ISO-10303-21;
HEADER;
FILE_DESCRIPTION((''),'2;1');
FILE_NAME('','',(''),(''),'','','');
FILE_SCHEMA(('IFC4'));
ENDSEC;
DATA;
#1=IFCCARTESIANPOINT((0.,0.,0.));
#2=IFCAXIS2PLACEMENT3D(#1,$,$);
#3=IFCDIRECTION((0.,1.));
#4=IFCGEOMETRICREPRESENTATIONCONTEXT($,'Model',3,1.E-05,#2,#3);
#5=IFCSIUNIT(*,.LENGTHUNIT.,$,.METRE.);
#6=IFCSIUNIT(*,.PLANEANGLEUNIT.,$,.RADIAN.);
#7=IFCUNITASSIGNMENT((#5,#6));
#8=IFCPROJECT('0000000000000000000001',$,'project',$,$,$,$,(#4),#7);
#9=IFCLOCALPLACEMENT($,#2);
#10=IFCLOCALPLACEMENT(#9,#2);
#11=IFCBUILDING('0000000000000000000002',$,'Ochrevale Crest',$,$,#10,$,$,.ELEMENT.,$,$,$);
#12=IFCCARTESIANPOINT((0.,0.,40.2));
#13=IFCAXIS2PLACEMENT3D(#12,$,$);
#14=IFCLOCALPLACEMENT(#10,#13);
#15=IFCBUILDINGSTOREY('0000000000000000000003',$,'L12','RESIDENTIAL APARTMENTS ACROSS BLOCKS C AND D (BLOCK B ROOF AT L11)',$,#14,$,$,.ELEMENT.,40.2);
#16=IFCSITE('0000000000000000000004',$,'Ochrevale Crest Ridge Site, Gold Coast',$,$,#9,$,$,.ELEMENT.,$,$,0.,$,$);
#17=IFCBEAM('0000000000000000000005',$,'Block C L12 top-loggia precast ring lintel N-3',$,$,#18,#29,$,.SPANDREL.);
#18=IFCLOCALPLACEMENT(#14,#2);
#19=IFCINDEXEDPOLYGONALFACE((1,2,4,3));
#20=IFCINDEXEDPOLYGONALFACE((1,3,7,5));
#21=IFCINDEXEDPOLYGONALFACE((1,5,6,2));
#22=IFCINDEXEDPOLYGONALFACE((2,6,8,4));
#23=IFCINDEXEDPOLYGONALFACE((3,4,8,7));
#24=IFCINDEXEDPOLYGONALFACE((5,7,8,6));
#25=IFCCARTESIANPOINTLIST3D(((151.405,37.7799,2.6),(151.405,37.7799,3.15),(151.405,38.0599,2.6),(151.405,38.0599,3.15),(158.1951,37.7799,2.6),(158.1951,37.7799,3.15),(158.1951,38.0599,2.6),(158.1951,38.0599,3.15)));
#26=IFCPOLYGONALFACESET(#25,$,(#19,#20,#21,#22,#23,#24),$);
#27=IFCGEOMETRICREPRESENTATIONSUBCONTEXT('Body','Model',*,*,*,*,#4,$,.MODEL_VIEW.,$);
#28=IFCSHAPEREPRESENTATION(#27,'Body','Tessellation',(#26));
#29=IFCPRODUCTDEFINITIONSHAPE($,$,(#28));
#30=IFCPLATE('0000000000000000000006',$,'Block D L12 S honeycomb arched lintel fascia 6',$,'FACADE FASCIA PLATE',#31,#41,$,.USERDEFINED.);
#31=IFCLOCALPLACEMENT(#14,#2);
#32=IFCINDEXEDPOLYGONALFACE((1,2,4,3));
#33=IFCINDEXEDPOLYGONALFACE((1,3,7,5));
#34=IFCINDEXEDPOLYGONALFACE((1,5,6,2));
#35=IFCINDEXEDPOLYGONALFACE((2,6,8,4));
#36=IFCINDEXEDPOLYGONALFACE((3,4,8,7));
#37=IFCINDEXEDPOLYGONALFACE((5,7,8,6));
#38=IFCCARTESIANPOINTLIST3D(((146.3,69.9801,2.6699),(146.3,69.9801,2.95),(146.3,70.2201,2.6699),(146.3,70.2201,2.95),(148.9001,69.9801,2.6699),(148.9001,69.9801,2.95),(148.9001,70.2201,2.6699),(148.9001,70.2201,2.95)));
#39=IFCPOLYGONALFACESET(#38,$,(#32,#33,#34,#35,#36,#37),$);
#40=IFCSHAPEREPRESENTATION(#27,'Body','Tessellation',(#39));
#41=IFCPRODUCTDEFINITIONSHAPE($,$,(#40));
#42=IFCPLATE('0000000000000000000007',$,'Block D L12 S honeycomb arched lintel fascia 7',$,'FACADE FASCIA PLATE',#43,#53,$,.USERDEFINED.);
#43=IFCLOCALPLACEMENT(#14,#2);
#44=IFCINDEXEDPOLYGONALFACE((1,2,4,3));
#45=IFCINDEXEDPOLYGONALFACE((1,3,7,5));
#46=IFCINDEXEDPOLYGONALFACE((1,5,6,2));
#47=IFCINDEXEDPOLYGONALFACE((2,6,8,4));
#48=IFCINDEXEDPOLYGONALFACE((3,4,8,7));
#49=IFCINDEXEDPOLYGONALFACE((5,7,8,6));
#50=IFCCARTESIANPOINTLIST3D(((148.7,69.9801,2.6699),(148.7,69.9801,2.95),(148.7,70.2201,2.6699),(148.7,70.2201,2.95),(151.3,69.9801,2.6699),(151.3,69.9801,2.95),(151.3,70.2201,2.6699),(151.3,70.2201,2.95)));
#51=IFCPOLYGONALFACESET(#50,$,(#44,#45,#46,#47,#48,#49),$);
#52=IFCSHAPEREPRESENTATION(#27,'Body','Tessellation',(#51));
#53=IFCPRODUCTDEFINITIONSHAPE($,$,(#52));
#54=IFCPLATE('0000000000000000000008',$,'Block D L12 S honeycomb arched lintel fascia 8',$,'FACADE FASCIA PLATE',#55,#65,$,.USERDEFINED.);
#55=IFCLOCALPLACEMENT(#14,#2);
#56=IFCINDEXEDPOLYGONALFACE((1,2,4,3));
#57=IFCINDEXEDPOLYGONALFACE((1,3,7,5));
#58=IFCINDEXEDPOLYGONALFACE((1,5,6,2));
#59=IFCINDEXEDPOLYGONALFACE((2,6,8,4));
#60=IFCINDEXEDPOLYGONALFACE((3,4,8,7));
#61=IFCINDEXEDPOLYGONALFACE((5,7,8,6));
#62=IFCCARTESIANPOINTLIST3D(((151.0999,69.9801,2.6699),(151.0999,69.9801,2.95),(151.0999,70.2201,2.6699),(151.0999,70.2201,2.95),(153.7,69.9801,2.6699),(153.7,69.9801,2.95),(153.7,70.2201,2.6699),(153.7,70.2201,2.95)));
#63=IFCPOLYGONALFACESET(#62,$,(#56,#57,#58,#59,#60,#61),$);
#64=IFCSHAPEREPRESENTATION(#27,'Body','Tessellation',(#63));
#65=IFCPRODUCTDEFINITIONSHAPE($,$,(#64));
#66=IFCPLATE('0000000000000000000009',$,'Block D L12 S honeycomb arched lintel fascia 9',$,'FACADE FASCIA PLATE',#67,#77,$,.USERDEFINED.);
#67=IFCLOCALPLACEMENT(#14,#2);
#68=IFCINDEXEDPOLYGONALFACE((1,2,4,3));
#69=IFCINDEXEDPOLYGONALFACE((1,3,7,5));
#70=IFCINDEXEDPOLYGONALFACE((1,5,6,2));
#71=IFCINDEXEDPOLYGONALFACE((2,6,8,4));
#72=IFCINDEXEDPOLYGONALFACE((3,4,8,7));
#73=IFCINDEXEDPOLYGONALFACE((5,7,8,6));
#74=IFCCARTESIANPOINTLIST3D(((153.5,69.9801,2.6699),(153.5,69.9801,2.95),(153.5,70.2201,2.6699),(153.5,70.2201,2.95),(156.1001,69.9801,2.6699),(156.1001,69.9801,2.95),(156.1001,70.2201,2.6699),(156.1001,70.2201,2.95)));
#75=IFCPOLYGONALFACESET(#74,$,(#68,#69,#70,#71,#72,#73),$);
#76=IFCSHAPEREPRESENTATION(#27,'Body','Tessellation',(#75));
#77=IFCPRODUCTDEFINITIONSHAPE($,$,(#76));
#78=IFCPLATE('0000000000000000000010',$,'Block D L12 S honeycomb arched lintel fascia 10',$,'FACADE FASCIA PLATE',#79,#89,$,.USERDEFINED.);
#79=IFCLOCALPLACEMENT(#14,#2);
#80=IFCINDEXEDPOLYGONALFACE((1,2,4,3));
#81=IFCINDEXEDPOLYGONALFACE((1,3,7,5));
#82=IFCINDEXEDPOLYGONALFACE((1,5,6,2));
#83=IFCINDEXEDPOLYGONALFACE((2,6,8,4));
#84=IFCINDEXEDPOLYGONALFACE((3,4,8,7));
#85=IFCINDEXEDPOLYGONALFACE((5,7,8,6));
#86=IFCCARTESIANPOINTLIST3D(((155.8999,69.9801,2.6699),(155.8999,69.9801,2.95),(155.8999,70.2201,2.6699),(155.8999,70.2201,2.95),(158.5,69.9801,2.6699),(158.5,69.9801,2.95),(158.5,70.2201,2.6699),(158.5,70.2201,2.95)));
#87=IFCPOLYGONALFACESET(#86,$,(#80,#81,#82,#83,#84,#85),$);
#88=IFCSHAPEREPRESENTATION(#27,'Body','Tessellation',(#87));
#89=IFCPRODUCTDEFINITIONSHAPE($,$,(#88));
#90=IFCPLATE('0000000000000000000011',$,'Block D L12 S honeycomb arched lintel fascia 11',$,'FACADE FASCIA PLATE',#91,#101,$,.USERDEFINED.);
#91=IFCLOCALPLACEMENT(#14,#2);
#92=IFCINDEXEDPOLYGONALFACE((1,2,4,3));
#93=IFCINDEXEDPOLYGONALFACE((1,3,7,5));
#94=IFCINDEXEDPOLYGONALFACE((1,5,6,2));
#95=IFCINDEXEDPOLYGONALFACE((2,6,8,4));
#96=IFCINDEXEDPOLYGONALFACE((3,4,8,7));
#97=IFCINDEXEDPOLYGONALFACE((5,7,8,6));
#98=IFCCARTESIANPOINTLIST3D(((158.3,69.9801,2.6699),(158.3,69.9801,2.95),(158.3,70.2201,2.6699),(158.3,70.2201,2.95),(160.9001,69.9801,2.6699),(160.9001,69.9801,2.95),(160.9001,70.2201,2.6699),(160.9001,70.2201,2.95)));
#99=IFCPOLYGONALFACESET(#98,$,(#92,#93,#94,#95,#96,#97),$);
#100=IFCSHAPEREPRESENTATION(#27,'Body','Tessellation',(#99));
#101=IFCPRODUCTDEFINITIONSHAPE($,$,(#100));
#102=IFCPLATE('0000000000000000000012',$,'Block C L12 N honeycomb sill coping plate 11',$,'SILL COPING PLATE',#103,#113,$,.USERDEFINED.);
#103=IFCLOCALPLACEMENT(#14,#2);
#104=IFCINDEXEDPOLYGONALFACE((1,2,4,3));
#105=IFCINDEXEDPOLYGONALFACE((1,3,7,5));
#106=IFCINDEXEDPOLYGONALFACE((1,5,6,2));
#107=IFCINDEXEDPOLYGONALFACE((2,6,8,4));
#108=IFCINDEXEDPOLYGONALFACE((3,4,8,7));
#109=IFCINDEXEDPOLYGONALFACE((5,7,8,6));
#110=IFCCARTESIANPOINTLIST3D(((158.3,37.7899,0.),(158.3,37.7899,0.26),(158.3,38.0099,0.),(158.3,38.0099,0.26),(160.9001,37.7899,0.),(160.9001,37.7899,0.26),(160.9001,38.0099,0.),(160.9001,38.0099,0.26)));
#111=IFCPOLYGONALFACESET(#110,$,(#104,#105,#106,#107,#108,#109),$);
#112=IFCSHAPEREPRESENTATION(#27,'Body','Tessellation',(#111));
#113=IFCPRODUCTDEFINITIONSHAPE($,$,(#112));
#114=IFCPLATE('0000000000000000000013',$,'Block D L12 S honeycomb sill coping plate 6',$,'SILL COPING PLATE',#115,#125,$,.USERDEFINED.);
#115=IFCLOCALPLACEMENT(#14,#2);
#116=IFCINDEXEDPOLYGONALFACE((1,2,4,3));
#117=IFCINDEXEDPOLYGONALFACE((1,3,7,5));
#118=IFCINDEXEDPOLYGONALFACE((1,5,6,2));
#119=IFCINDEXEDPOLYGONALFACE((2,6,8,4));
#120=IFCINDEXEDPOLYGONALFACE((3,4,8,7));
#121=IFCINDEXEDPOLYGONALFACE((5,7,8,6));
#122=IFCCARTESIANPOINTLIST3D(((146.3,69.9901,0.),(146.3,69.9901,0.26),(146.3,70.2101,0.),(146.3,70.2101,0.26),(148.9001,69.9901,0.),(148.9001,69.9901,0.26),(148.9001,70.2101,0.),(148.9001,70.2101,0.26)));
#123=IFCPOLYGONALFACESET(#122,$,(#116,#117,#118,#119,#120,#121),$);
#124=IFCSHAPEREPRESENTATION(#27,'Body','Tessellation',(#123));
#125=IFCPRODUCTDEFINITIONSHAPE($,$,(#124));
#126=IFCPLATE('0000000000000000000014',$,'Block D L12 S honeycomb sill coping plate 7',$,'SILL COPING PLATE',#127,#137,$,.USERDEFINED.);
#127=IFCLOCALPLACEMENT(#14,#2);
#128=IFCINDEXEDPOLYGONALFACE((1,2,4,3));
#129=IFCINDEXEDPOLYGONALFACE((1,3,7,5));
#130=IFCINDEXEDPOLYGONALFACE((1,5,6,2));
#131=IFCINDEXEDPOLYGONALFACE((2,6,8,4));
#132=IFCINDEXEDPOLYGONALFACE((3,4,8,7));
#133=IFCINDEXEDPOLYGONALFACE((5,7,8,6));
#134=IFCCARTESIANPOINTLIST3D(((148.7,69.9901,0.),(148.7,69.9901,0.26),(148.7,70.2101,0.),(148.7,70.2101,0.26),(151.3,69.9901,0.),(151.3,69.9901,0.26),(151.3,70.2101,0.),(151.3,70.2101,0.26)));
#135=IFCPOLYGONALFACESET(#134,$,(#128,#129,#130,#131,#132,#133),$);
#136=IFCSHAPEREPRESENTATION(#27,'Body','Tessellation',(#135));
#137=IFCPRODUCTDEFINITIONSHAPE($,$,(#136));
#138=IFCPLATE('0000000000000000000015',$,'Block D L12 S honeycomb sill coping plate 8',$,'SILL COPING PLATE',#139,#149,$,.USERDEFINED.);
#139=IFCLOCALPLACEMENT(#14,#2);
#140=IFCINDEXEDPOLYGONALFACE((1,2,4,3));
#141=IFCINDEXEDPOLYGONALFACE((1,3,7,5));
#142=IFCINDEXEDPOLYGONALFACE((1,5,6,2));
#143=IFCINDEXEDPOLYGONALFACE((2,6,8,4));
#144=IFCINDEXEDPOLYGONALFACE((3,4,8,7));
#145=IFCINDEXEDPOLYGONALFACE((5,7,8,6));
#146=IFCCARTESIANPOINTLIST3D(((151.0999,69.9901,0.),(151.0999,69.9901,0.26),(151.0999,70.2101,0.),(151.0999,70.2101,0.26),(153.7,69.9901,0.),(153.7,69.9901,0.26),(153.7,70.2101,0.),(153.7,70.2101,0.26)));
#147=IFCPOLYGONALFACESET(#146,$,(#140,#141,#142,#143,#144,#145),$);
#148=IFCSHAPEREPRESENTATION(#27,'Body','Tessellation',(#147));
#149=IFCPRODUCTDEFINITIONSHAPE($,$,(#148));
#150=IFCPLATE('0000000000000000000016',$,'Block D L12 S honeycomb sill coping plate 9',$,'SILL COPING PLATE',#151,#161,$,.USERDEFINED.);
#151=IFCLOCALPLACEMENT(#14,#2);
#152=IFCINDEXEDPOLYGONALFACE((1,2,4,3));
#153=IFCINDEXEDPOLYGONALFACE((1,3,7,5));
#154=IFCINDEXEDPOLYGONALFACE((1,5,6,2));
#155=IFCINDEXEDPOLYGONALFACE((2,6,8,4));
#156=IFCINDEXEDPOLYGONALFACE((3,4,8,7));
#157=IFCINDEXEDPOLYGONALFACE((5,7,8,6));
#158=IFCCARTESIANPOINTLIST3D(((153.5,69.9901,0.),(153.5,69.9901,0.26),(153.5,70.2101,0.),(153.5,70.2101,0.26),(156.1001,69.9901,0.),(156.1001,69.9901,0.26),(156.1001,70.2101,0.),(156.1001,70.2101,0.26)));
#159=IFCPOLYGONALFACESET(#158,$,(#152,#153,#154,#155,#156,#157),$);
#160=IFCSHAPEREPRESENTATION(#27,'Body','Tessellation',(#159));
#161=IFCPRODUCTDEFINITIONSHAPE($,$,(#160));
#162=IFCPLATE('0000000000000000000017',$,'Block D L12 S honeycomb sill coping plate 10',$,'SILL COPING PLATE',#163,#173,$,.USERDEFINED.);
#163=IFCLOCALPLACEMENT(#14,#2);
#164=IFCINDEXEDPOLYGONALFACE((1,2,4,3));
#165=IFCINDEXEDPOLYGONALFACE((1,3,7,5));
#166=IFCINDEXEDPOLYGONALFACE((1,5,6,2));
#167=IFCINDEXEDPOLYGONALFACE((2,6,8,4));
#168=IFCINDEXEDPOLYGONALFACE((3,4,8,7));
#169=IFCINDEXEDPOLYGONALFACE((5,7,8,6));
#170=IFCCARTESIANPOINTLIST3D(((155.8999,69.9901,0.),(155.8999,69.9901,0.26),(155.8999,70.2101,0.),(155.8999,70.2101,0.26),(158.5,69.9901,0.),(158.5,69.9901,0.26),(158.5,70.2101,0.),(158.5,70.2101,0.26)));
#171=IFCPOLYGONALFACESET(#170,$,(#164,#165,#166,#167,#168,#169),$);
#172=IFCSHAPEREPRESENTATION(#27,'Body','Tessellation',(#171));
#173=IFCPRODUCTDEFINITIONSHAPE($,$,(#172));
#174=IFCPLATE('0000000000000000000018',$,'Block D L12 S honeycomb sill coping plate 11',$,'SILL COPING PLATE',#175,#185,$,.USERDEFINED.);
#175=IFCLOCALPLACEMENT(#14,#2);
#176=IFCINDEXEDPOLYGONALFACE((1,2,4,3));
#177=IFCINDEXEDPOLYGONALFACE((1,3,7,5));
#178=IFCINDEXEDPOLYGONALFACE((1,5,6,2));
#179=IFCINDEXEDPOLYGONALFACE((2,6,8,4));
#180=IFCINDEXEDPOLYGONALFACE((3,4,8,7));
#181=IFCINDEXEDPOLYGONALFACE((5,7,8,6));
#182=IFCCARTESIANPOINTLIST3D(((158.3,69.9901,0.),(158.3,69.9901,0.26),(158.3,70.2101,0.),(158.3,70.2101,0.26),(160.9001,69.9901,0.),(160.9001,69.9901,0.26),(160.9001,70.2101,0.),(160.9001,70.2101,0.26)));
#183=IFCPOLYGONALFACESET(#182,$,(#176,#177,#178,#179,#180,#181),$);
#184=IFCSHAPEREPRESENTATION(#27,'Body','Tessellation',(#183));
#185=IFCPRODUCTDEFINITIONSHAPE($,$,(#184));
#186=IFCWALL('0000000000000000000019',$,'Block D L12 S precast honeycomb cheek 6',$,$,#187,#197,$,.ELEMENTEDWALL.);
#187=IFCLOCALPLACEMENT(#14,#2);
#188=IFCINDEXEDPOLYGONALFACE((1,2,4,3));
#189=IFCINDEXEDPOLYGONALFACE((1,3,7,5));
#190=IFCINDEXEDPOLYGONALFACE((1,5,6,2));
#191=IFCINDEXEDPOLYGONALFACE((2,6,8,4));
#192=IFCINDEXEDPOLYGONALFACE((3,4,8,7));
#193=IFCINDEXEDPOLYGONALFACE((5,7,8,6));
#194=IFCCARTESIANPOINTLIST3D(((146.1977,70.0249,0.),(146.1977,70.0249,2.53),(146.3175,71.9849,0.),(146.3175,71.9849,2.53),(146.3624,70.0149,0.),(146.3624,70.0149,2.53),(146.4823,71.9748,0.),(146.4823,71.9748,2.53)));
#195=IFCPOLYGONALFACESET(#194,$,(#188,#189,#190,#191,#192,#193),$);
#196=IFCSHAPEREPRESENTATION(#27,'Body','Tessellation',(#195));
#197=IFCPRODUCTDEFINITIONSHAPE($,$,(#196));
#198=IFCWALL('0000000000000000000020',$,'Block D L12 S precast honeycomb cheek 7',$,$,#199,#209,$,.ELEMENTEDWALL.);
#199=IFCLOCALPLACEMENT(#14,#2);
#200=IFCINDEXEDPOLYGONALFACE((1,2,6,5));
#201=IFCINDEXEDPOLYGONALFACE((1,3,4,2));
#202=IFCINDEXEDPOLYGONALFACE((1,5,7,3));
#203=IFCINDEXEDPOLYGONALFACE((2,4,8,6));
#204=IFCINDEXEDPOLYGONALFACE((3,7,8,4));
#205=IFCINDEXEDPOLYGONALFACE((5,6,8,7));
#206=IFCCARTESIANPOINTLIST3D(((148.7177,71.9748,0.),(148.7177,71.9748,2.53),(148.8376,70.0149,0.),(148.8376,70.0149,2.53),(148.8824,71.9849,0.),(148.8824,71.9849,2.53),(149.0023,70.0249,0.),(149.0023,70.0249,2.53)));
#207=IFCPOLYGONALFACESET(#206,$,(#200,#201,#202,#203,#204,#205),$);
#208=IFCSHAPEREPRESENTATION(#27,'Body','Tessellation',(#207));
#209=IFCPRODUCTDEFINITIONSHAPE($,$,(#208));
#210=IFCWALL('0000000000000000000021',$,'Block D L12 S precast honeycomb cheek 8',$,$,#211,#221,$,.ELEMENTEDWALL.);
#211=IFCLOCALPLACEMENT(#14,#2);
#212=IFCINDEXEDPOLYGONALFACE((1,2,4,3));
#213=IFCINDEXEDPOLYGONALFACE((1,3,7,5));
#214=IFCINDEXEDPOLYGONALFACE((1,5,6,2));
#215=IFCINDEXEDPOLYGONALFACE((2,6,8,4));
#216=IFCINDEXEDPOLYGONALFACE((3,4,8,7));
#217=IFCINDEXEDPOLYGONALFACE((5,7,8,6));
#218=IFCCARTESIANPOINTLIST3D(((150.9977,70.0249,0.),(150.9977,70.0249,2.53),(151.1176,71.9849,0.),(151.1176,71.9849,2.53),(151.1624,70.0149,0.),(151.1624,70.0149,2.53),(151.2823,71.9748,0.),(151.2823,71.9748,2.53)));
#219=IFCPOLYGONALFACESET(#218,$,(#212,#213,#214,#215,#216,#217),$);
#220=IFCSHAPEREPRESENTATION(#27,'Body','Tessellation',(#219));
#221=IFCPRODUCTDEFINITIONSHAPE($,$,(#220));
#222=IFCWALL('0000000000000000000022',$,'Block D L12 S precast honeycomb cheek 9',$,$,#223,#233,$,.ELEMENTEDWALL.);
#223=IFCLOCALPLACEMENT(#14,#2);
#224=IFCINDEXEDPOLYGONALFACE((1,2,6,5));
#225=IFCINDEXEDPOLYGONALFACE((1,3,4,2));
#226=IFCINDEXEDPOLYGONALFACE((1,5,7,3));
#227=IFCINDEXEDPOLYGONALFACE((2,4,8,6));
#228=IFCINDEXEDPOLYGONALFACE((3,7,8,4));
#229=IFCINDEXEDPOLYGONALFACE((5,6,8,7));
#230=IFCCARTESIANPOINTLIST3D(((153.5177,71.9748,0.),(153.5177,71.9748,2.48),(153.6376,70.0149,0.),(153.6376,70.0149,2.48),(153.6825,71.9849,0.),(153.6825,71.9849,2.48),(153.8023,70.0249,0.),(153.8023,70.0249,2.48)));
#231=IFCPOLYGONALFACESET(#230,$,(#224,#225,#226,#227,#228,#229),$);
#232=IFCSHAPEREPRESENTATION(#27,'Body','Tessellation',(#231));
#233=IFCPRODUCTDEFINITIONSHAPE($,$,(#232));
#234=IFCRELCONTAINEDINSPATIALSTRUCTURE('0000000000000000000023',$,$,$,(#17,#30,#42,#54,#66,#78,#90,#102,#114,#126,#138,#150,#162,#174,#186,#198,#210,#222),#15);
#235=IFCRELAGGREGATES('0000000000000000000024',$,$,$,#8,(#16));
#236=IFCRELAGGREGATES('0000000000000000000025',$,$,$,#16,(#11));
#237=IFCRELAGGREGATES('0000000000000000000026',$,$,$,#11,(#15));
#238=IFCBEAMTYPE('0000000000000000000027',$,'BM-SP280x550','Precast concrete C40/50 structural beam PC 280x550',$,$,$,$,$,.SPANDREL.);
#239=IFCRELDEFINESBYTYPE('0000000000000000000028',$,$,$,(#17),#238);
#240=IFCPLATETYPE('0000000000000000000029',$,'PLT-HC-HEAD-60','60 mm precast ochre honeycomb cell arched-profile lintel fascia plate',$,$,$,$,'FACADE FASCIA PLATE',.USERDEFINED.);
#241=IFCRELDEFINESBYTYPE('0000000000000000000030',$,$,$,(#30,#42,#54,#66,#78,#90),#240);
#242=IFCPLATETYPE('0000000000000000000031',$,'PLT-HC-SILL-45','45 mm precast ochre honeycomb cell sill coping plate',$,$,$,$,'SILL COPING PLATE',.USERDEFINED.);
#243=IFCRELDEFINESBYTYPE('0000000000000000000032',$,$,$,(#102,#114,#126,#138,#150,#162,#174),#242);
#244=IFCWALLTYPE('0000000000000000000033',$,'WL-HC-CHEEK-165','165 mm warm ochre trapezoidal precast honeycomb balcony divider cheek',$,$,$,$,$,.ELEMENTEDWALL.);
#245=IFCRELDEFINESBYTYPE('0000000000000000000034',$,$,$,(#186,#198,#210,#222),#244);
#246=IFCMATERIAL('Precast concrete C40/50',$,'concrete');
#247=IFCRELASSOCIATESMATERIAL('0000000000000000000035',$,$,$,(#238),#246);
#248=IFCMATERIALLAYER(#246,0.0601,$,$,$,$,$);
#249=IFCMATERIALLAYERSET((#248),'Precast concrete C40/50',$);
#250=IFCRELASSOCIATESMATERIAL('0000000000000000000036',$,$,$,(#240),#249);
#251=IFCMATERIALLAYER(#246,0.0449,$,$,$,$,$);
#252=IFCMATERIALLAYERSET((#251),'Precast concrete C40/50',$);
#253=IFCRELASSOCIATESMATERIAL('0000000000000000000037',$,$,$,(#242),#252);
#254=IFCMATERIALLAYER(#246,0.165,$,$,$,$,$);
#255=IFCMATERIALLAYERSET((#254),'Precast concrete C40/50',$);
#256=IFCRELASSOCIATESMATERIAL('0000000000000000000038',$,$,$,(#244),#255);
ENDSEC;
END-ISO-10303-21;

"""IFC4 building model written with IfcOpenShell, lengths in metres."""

from ifc_helpers import new_model, si_unit, direction, frame, frame_2d, origin, origin_2d, place, context, subcontext, project, spatial, rectangle, extrude, material, layer, layer_set, material_profile, profile_set, type_object, element, save


model = new_model("IFC4")

# Units and contexts
model_context = context("Model", 3, precision=1e-05, world=origin(), true_north=direction((0.0, 1.0)))
body_context = subcontext(model_context, "Body", "Model", "MODEL_VIEW")
ifc_project = project(units=[si_unit("LENGTHUNIT", "METRE"), si_unit("PLANEANGLEUNIT", "RADIAN")], contexts=[model_context])

# Site, building, storey
site_placement = place(None, origin())
site = spatial("IfcSite", under=ifc_project, at=site_placement, Name="Ochrevale Crest Ridge Site, Gold Coast", CompositionType="ELEMENT", RefElevation=0.0)
building_placement = place(site_placement, origin())
building = spatial("IfcBuilding", under=site, at=building_placement, Name="Ochrevale Crest", CompositionType="ELEMENT")
storey_placement = place(building_placement, frame((0.0, 0.0, 40.2)))
storey = spatial("IfcBuildingStorey", under=building, at=storey_placement, Name="L12", Description="RESIDENTIAL APARTMENTS ACROSS BLOCKS C AND D (BLOCK B ROOF AT L11)", CompositionType="ELEMENT", Elevation=40.2)

# Beam
ifc_material_1 = material(Name="Precast concrete C40/50", Category="concrete")
ifc_material_profile = material_profile(ifc_material_1, rectangle(XDim=0.28, YDim=0.55, at=origin_2d()), Name="PC 280x550")
ifc_profile_set = profile_set([ifc_material_profile], Name="Precast concrete C40/50")
beam_type = type_object("IfcBeamType", Name="BM-SP280x550", Description="Precast concrete C40/50 structural beam PC 280x550", PredefinedType="SPANDREL", material=ifc_profile_set)
beam_placement = place(storey_placement, frame((151.405, 37.9199, 2.875), z_axis=(1.0, 0.0, 0.0), x_axis=(0.0, 1.0, 0.0)))
element("IfcBeam", 1, at=beam_placement, inside=storey, type_object=beam_type, Name="Block C L12 top-loggia precast ring lintel N-3", PredefinedType="SPANDREL", context=body_context, shape_type="SweptSolid", body=[
    extrude(rectangle(XDim=0.28, YDim=0.55, at=origin_2d()), origin(), (0.0, 0.0, 1.0), 6.79),
])

# Plates
ifc_layer_1 = layer(ifc_material_1, 0.0601)
ifc_layer_set_1 = layer_set([ifc_layer_1], Name="Precast concrete C40/50")
plate_type_1 = type_object("IfcPlateType", Name="PLT-HC-HEAD-60", Description="60 mm precast ochre honeycomb cell arched-profile lintel fascia plate", ElementType="FACADE FASCIA PLATE", PredefinedType="USERDEFINED", material=ifc_layer_set_1)
for number, where, z_axis, x_axis, name in (
    (2, (147.6001, 70.1001, 2.6699), (0.0, 0.0, 1.0), (1.0, 0.0, 0.0), "Block D L12 S honeycomb arched lintel fascia 6"),
    (3, (150.0, 70.1001, 2.6699), (0.0, 0.0, 1.0), (1.0, 0.0, 0.0), "Block D L12 S honeycomb arched lintel fascia 7"),
    (4, (152.3999, 70.1001, 2.6699), (0.0, 0.0, 1.0), (1.0, 0.0, 0.0), "Block D L12 S honeycomb arched lintel fascia 8"),
    (5, (154.8, 70.1001, 2.6699), (0.0, 0.0, 1.0), (1.0, 0.0, 0.0), "Block D L12 S honeycomb arched lintel fascia 9"),
    (6, (157.2, 70.1001, 2.6699), (0.0, 0.0, 1.0), (1.0, 0.0, 0.0), "Block D L12 S honeycomb arched lintel fascia 10"),
    (7, (159.6001, 70.1001, 2.6699), (0.0, 0.0, 1.0), (1.0, 0.0, 0.0), "Block D L12 S honeycomb arched lintel fascia 11"),
):
    element("IfcPlate", number, at=place(storey_placement, frame(where, z_axis=z_axis, x_axis=x_axis)), inside=storey, type_object=plate_type_1, Name=name, ObjectType="FACADE FASCIA PLATE", PredefinedType="USERDEFINED", context=body_context, shape_type="SweptSolid", body=[
        extrude(rectangle(XDim=2.6001, YDim=0.24, at=origin_2d()), origin(), (0.0, 0.0, 1.0), 0.28),
    ])
ifc_layer_2 = layer(ifc_material_1, 0.0449)
ifc_layer_set_2 = layer_set([ifc_layer_2], Name="Precast concrete C40/50")
plate_type_2 = type_object("IfcPlateType", Name="PLT-HC-SILL-45", Description="45 mm precast ochre honeycomb cell sill coping plate", ElementType="SILL COPING PLATE", PredefinedType="USERDEFINED", material=ifc_layer_set_2)
for number, where, z_axis, x_axis, name in (
    (8, (159.6001, 37.8999, 0.0), (0.0, 0.0, 1.0), (1.0, 0.0, 0.0), "Block C L12 N honeycomb sill coping plate 11"),
    (9, (147.6001, 70.1001, 0.0), (0.0, 0.0, 1.0), (1.0, 0.0, 0.0), "Block D L12 S honeycomb sill coping plate 6"),
    (10, (150.0, 70.1001, 0.0), (0.0, 0.0, 1.0), (1.0, 0.0, 0.0), "Block D L12 S honeycomb sill coping plate 7"),
    (11, (152.3999, 70.1001, 0.0), (0.0, 0.0, 1.0), (1.0, 0.0, 0.0), "Block D L12 S honeycomb sill coping plate 8"),
    (12, (154.8, 70.1001, 0.0), (0.0, 0.0, 1.0), (1.0, 0.0, 0.0), "Block D L12 S honeycomb sill coping plate 9"),
    (13, (157.2, 70.1001, 0.0), (0.0, 0.0, 1.0), (1.0, 0.0, 0.0), "Block D L12 S honeycomb sill coping plate 10"),
    (14, (159.6001, 70.1001, 0.0), (0.0, 0.0, 1.0), (1.0, 0.0, 0.0), "Block D L12 S honeycomb sill coping plate 11"),
):
    element("IfcPlate", number, at=place(storey_placement, frame(where, z_axis=z_axis, x_axis=x_axis)), inside=storey, type_object=plate_type_2, Name=name, ObjectType="SILL COPING PLATE", PredefinedType="USERDEFINED", context=body_context, shape_type="SweptSolid", body=[
        extrude(rectangle(XDim=2.6001, YDim=0.22, at=origin_2d()), origin(), (0.0, 0.0, 1.0), 0.26),
    ])

# Walls
ifc_layer_3 = layer(ifc_material_1, 0.165)
ifc_layer_set_3 = layer_set([ifc_layer_3], Name="Precast concrete C40/50")
wall_type = type_object("IfcWallType", Name="WL-HC-CHEEK-165", Description="165 mm warm ochre trapezoidal precast honeycomb balcony divider cheek", PredefinedType="ELEMENTEDWALL", material=ifc_layer_set_3)
for number, where, z_axis, x_axis, name in (
    (15, (146.3999, 71.98, 0.0), (0.0, 0.0, 1.0), (-0.061047, -0.998135, 0.0), "Block D L12 S precast honeycomb cheek 6"),
    (16, (148.8, 71.98, 0.0), (0.0, 0.0, 1.0), (0.061047, -0.998135, 0.0), "Block D L12 S precast honeycomb cheek 7"),
    (17, (151.2, 71.98, 0.0), (0.0, 0.0, 1.0), (-0.061047, -0.998135, 0.0), "Block D L12 S precast honeycomb cheek 8"),
):
    element("IfcWall", number, at=place(storey_placement, frame(where, z_axis=z_axis, x_axis=x_axis)), inside=storey, type_object=wall_type, Name=name, PredefinedType="ELEMENTEDWALL", context=body_context, shape_type="SweptSolid", body=[
        extrude(rectangle(XDim=1.9636, YDim=0.165, at=frame_2d((0.9819, 0.0))), origin(), (0.0, 0.0, 1.0), 2.53),
    ])
for number, where, z_axis, x_axis, name in (
    (18, (153.6001, 71.98, 0.0), (0.0, 0.0, 1.0), (0.061047, -0.998135, 0.0), "Block D L12 S precast honeycomb cheek 9"),
):
    element("IfcWall", number, at=place(storey_placement, frame(where, z_axis=z_axis, x_axis=x_axis)), inside=storey, type_object=wall_type, Name=name, PredefinedType="ELEMENTEDWALL", context=body_context, shape_type="SweptSolid", body=[
        extrude(rectangle(XDim=1.9636, YDim=0.165, at=frame_2d((0.9819, 0.0))), origin(), (0.0, 0.0, 1.0), 2.48),
    ])

save(model, "model.ifc")
